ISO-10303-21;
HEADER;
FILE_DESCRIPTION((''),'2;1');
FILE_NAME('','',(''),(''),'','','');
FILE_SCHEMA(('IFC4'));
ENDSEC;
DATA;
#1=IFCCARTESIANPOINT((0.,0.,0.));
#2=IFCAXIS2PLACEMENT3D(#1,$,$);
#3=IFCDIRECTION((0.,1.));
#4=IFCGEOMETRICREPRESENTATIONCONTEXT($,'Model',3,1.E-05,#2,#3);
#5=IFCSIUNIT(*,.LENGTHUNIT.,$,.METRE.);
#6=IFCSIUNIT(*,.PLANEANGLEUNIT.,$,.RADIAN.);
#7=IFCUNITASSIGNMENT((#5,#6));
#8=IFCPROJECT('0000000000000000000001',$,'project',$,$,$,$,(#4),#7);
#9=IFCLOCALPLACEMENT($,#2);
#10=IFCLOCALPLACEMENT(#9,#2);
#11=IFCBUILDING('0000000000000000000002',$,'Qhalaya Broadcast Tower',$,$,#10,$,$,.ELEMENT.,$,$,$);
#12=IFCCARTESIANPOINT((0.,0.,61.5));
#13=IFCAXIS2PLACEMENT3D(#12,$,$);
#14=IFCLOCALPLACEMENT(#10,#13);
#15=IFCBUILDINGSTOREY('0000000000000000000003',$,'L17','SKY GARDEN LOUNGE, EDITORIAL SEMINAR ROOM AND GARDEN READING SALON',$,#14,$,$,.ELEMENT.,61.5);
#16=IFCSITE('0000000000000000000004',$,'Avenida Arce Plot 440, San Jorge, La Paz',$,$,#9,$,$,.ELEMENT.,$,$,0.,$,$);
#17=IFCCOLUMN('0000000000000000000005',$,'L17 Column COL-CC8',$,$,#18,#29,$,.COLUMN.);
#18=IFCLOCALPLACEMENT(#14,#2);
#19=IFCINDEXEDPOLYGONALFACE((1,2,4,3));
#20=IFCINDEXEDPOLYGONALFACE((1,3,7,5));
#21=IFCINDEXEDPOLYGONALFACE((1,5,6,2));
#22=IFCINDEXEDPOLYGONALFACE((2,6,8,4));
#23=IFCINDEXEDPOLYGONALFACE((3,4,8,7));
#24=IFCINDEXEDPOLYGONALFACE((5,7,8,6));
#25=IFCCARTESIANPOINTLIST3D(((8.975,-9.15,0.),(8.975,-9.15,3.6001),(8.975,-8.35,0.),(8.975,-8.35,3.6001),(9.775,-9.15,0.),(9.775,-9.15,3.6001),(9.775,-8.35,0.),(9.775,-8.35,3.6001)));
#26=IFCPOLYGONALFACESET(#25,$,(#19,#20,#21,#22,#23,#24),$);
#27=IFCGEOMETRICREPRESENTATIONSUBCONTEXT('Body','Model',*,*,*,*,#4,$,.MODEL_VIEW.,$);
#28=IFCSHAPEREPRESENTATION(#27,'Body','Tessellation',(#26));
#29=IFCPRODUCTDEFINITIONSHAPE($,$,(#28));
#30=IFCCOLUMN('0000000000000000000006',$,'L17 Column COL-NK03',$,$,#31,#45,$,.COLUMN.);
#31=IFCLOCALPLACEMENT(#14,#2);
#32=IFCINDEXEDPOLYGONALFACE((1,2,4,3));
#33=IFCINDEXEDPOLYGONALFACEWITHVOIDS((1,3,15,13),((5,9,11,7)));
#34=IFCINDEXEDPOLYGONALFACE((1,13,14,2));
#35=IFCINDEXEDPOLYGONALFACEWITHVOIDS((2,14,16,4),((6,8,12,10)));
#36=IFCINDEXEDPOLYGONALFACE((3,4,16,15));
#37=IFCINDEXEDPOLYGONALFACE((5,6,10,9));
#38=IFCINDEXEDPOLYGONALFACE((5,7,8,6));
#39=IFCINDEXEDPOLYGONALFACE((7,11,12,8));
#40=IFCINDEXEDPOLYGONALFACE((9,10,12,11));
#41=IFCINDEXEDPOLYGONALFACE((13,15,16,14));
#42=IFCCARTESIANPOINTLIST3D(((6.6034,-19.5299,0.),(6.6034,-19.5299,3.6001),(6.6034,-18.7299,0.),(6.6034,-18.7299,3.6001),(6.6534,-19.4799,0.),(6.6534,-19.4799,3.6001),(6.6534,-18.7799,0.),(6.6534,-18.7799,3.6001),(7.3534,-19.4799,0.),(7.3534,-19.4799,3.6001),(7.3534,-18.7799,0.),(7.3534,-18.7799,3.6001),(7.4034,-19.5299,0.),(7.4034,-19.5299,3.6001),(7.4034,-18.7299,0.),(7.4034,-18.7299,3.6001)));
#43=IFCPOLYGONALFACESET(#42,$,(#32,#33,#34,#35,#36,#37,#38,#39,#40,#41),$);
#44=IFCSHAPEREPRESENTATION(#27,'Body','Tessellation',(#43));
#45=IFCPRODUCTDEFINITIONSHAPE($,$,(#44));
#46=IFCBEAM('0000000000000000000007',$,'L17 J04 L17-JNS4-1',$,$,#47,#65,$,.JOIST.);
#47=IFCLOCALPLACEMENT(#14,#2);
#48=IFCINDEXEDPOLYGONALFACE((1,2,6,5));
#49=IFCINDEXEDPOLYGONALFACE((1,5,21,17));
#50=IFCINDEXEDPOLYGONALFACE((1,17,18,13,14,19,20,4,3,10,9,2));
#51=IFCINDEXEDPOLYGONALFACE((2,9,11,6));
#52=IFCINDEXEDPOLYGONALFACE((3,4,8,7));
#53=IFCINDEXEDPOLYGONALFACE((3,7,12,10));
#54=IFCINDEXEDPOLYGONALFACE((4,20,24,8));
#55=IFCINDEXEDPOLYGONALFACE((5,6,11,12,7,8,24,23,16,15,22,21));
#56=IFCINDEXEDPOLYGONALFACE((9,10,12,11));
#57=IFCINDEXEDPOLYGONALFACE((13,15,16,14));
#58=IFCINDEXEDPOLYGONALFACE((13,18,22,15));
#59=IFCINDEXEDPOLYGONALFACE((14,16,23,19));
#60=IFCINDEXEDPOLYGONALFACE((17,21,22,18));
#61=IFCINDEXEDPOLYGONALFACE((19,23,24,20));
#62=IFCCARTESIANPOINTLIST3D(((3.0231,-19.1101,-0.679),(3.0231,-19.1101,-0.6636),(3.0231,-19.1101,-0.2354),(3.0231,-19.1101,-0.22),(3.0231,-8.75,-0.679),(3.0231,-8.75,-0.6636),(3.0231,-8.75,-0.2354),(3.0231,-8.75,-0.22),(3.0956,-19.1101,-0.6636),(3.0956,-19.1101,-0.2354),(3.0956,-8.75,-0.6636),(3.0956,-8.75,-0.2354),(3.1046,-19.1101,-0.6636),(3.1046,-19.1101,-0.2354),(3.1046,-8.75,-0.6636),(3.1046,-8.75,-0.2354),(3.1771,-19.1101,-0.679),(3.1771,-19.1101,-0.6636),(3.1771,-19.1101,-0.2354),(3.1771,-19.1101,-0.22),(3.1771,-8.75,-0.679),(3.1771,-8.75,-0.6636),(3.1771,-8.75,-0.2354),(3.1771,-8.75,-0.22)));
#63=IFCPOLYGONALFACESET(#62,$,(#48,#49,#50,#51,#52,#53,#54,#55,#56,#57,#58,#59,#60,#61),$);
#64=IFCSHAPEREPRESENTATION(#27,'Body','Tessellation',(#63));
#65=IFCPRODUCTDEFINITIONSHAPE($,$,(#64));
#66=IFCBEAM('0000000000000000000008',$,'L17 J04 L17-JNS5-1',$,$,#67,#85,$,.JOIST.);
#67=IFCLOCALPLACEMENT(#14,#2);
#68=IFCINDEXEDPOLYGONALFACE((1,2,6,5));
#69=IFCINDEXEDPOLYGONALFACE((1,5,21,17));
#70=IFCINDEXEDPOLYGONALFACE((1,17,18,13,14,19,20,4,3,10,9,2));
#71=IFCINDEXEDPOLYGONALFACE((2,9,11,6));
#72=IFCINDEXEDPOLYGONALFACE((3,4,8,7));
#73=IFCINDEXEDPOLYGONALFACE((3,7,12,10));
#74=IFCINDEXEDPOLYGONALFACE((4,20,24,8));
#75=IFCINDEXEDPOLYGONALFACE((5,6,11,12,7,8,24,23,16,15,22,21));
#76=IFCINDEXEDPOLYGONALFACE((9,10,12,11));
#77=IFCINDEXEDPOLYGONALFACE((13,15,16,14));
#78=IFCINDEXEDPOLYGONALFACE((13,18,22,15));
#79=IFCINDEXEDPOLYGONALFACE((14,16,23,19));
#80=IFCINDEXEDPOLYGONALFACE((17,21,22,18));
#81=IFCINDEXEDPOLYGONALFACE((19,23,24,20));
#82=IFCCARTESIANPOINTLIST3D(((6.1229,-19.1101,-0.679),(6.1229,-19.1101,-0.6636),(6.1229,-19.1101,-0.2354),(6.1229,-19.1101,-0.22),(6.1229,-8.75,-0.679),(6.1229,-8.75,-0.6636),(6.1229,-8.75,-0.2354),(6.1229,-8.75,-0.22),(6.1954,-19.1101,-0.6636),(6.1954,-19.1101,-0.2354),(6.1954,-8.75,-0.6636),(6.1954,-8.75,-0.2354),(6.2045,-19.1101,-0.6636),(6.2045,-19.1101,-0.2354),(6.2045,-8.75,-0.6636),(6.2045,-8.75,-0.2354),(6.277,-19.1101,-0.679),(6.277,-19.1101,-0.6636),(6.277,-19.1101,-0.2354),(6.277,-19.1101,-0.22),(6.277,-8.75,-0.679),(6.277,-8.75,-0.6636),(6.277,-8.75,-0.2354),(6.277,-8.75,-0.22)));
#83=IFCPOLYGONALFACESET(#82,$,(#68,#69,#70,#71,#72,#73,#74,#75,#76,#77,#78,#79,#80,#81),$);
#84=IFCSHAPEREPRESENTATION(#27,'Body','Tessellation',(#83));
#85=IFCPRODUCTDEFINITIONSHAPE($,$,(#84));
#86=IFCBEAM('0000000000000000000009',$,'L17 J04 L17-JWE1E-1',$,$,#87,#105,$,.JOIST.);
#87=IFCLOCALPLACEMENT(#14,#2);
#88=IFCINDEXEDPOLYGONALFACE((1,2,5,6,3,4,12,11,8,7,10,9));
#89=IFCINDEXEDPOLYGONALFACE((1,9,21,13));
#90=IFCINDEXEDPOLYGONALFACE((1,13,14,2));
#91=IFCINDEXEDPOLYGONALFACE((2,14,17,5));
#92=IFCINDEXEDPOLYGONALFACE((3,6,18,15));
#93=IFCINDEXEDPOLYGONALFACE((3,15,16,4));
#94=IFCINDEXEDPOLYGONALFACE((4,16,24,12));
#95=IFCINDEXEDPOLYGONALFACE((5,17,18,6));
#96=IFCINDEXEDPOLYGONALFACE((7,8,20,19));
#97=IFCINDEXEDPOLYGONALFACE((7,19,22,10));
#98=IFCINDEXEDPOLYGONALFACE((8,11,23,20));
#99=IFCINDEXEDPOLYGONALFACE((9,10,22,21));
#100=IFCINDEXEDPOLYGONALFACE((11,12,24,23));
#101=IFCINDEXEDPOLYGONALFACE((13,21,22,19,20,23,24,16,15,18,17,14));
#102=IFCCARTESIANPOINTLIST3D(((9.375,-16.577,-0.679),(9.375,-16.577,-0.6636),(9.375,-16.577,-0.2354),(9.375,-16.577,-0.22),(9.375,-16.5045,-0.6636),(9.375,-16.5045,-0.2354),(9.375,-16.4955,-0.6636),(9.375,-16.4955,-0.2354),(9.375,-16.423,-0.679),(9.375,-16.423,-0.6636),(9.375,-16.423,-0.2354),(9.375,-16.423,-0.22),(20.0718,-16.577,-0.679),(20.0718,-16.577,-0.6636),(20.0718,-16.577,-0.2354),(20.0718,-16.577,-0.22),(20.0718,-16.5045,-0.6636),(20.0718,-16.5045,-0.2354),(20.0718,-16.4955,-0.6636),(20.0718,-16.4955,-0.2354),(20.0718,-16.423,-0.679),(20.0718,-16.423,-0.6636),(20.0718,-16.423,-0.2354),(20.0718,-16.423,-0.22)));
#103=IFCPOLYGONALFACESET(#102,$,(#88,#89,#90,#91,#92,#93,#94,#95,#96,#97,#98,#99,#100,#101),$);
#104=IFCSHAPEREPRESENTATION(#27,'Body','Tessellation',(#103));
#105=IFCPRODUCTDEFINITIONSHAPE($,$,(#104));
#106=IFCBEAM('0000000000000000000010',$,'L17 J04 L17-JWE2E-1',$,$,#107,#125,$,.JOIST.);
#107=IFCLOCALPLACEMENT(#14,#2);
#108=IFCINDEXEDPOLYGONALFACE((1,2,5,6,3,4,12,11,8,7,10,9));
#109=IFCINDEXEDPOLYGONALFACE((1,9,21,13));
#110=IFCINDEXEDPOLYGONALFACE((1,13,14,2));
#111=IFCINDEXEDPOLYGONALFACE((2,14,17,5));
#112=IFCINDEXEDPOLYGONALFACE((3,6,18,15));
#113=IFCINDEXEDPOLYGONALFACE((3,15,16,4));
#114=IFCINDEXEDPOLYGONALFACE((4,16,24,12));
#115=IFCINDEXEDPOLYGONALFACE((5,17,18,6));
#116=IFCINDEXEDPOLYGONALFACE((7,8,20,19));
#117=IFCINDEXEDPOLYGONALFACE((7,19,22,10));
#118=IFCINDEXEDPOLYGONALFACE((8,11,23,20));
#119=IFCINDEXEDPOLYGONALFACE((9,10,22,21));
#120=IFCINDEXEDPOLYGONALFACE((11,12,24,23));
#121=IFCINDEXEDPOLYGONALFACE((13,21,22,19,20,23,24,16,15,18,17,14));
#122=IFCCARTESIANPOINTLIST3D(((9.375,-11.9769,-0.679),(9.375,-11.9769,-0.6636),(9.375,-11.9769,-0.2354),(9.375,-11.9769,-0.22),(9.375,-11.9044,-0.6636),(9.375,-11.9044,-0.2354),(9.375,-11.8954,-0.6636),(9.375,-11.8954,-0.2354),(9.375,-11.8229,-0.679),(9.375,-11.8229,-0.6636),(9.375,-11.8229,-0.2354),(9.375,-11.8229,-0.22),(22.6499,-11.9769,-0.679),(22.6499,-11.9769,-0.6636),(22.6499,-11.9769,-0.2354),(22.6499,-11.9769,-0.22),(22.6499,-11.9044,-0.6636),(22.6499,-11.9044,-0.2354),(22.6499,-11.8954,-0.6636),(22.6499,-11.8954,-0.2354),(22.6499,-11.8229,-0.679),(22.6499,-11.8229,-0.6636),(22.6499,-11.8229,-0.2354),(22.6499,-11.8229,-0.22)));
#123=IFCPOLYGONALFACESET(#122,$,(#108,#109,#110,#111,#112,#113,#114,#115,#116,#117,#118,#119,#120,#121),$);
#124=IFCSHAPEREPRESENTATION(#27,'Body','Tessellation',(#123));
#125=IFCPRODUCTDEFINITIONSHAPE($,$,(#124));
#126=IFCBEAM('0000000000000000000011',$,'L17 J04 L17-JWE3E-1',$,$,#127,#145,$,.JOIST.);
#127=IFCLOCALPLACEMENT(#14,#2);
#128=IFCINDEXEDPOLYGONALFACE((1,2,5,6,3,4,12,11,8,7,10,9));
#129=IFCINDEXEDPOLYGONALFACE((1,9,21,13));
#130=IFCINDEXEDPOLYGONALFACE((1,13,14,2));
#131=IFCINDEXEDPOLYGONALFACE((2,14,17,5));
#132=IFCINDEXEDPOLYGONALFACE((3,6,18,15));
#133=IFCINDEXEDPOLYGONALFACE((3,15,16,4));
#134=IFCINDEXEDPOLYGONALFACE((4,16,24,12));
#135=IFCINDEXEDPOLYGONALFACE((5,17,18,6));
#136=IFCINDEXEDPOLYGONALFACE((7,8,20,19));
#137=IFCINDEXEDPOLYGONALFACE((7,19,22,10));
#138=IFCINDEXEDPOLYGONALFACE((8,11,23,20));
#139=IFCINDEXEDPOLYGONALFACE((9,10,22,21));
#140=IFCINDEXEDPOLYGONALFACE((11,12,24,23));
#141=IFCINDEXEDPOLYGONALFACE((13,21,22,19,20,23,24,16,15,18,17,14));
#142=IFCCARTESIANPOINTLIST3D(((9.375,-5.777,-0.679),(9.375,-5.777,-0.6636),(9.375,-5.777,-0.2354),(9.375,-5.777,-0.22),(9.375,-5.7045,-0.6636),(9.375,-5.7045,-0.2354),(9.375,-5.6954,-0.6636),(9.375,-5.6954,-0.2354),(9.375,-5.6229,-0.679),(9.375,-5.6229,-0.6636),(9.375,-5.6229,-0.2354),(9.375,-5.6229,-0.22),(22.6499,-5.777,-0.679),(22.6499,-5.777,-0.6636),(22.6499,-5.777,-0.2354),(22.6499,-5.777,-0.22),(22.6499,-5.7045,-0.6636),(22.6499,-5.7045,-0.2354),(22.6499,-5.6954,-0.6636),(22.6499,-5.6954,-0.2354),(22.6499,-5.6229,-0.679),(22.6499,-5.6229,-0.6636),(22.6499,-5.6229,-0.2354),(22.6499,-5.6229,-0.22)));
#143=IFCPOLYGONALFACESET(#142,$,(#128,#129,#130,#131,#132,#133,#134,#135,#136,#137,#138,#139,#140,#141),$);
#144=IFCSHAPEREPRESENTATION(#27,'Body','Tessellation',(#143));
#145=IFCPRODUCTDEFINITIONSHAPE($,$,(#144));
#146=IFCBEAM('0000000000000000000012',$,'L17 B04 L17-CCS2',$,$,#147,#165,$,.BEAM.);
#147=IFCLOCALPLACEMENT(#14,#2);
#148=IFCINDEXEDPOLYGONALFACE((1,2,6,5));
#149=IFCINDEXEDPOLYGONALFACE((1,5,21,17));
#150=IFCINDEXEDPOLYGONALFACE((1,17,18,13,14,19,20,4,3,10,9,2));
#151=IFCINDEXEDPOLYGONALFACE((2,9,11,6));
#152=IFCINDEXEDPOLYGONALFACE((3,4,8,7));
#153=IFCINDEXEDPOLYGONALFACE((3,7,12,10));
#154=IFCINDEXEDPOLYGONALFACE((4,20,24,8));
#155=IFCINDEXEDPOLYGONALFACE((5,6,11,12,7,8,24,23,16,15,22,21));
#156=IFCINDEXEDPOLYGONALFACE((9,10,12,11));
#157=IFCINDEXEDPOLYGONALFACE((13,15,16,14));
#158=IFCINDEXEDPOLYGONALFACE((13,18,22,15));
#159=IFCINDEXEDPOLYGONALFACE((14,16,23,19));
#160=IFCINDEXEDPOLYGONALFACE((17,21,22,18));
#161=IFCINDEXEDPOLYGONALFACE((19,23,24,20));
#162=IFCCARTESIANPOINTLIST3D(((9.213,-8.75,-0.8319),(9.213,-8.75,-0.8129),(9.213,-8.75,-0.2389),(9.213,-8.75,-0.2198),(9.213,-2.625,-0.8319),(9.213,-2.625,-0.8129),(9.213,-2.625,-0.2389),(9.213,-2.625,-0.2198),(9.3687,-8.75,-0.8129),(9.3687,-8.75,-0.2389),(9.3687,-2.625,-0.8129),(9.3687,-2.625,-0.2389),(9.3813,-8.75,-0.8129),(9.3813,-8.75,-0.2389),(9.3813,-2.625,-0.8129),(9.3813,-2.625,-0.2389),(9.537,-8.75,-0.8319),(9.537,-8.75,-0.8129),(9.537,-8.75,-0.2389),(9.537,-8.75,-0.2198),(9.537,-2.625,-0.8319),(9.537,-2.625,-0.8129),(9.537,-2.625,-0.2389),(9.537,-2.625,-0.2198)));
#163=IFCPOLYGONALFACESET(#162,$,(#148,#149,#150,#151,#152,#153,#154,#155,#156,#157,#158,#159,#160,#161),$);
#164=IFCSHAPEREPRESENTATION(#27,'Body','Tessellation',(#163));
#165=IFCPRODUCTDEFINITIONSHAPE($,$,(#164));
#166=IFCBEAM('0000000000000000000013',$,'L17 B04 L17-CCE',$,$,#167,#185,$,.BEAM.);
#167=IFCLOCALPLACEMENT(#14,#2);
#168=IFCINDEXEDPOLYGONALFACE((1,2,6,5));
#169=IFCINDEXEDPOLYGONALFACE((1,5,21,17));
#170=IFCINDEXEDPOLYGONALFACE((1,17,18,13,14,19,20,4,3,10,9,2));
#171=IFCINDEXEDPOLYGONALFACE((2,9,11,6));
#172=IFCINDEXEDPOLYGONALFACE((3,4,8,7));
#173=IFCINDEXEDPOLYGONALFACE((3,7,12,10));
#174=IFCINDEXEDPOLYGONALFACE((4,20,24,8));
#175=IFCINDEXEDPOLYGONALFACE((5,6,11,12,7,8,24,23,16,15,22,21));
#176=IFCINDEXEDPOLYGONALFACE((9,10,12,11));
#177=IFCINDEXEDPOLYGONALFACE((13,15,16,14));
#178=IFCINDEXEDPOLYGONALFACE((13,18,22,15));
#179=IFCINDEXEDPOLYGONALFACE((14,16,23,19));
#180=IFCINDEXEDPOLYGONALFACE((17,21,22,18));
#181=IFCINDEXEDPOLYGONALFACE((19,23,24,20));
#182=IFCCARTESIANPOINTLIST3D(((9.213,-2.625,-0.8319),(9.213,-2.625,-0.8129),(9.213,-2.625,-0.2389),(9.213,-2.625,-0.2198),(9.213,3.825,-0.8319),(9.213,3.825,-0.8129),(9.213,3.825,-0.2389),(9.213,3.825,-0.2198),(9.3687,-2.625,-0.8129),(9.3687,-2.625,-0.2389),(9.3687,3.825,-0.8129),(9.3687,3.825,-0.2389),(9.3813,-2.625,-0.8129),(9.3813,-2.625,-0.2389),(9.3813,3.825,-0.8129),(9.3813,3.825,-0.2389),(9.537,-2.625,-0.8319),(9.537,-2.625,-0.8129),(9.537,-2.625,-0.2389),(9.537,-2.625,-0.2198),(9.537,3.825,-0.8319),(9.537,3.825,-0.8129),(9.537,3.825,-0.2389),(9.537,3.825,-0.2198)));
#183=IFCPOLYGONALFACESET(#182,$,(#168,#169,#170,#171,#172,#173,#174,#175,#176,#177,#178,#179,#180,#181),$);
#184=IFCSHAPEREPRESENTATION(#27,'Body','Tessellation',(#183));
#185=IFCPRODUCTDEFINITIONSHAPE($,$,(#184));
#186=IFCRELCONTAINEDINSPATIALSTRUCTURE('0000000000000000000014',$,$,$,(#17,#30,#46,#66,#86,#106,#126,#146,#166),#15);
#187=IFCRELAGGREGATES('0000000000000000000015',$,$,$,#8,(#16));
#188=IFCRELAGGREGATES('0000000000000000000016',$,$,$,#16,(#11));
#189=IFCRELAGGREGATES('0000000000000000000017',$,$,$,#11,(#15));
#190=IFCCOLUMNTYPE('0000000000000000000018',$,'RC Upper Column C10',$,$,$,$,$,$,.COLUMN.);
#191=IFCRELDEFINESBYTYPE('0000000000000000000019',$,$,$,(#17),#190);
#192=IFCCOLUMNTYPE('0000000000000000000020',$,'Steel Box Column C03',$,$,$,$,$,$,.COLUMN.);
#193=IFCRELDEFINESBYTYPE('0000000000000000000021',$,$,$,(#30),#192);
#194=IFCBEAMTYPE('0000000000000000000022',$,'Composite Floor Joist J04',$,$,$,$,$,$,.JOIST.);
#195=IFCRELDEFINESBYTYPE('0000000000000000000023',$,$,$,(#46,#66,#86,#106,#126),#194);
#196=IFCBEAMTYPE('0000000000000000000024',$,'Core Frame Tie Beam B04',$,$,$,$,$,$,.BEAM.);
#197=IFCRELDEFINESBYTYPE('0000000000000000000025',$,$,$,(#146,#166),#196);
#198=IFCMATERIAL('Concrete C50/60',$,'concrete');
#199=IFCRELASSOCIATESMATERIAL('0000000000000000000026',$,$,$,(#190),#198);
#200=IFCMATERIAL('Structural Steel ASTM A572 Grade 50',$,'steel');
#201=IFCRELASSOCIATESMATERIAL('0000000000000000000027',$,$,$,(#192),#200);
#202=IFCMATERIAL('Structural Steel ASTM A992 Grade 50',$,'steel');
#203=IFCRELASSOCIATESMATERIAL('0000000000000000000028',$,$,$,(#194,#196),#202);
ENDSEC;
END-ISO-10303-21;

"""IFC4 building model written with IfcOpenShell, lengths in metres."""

from ifc_helpers import new_model, si_unit, direction, frame, origin, origin_2d, place, context, subcontext, project, spatial, rectangle, hollow_rectangle, i_section, extrude, material, material_profile, profile_set, type_object, element, save


model = new_model("IFC4")

# Units and contexts
model_context = context("Model", 3, precision=1e-05, world=origin(), true_north=direction((0.0, 1.0)))
body_context = subcontext(model_context, "Body", "Model", "MODEL_VIEW")
ifc_project = project(units=[si_unit("LENGTHUNIT", "METRE"), si_unit("PLANEANGLEUNIT", "RADIAN")], contexts=[model_context])

# Site, building, storey
site_placement = place(None, origin())
site = spatial("IfcSite", under=ifc_project, at=site_placement, Name="Avenida Arce Plot 440, San Jorge, La Paz", CompositionType="ELEMENT", RefElevation=0.0)
building_placement = place(site_placement, origin())
building = spatial("IfcBuilding", under=site, at=building_placement, Name="Qhalaya Broadcast Tower", CompositionType="ELEMENT")
storey_placement = place(building_placement, frame((0.0, 0.0, 61.5)))
storey = spatial("IfcBuildingStorey", under=building, at=storey_placement, Name="L17", Description="SKY GARDEN LOUNGE, EDITORIAL SEMINAR ROOM AND GARDEN READING SALON", CompositionType="ELEMENT", Elevation=61.5)

# Columns
ifc_material_1 = material(Name="Concrete C50/60", Category="concrete")
ifc_material_profile_1 = material_profile(ifc_material_1, rectangle(XDim=0.8, YDim=0.8, at=origin_2d()), Name="RC-COL 800x800")
ifc_profile_set_1 = profile_set([ifc_material_profile_1], Name="Concrete C50/60")
column_type_1 = type_object("IfcColumnType", Name="RC Upper Column C10", PredefinedType="COLUMN", material=ifc_profile_set_1)
column_1_placement = place(storey_placement, frame((9.375, -8.75, 0.0), z_axis=(0.0, 0.0, 1.0), x_axis=(1.0, 0.0, 0.0)))
element("IfcColumn", 1, at=column_1_placement, inside=storey, type_object=column_type_1, Name="L17 Column COL-CC8", PredefinedType="COLUMN", context=body_context, shape_type="SweptSolid", body=[
    extrude(rectangle(XDim=0.8, YDim=0.8, at=origin_2d()), origin(), (0.0, 0.0, 1.0), 3.6001),
])
ifc_material_2 = material(Name="Structural Steel ASTM A572 Grade 50", Category="steel")
ifc_material_profile_2 = material_profile(ifc_material_2, hollow_rectangle(XDim=0.8, YDim=0.8, WallThickness=0.05, at=origin_2d()), Name="BOX 800x800x50")
ifc_profile_set_2 = profile_set([ifc_material_profile_2], Name="Structural Steel ASTM A572 Grade 50")
column_type_2 = type_object("IfcColumnType", Name="Steel Box Column C03", PredefinedType="COLUMN", material=ifc_profile_set_2)
column_2_placement = place(storey_placement, frame((7.0034, -19.1299, 0.0), z_axis=(0.0, 0.0, 1.0), x_axis=(1.0, 0.0, 0.0)))
element("IfcColumn", 2, at=column_2_placement, inside=storey, type_object=column_type_2, Name="L17 Column COL-NK03", PredefinedType="COLUMN", context=body_context, shape_type="SweptSolid", body=[
    extrude(hollow_rectangle(XDim=0.8, YDim=0.8, WallThickness=0.05, at=origin_2d()), origin(), (0.0, 0.0, 1.0), 3.6001),
])

# Beams
ifc_material_3 = material(Name="Structural Steel ASTM A992 Grade 50", Category="steel")
ifc_material_profile_3 = material_profile(ifc_material_3, i_section(OverallWidth=0.1541, OverallDepth=0.459, WebThickness=0.009, FlangeThickness=0.0154, at=origin_2d()), Name="W18X46")
ifc_profile_set_3 = profile_set([ifc_material_profile_3], Name="Structural Steel ASTM A992 Grade 50")
beam_type_1 = type_object("IfcBeamType", Name="Composite Floor Joist J04", PredefinedType="JOIST", material=ifc_profile_set_3)
for number, where, z_axis, x_axis, name in (
    (3, (3.1001, -19.1101, -0.4495), (0.0, 1.0, 0.0), (-1.0, 0.0, 0.0), "L17 J04 L17-JNS4-1"),
    (4, (6.2, -19.1101, -0.4495), (0.0, 1.0, 0.0), (-1.0, 0.0, 0.0), "L17 J04 L17-JNS5-1"),
):
    element("IfcBeam", number, at=place(storey_placement, frame(where, z_axis=z_axis, x_axis=x_axis)), inside=storey, type_object=beam_type_1, Name=name, PredefinedType="JOIST", context=body_context, shape_type="SweptSolid", body=[
        extrude(i_section(OverallWidth=0.1541, OverallDepth=0.459, WebThickness=0.009, FlangeThickness=0.0154, at=origin_2d()), origin(), (0.0, 0.0, 1.0), 10.3601),
    ])
beam_1_placement = place(storey_placement, frame((9.375, -16.5, -0.4495), z_axis=(1.0, 0.0, 0.0), x_axis=(0.0, 1.0, 0.0)))
element("IfcBeam", 5, at=beam_1_placement, inside=storey, type_object=beam_type_1, Name="L17 J04 L17-JWE1E-1", PredefinedType="JOIST", context=body_context, shape_type="SweptSolid", body=[
    extrude(i_section(OverallWidth=0.1541, OverallDepth=0.459, WebThickness=0.009, FlangeThickness=0.0154, at=origin_2d()), origin(), (0.0, 0.0, 1.0), 10.6968),
])
for number, where, z_axis, x_axis, name in (
    (6, (9.375, -11.8999, -0.4495), (1.0, 0.0, 0.0), (0.0, 1.0, 0.0), "L17 J04 L17-JWE2E-1"),
    (7, (9.375, -5.7, -0.4495), (1.0, 0.0, 0.0), (0.0, 1.0, 0.0), "L17 J04 L17-JWE3E-1"),
):
    element("IfcBeam", number, at=place(storey_placement, frame(where, z_axis=z_axis, x_axis=x_axis)), inside=storey, type_object=beam_type_1, Name=name, PredefinedType="JOIST", context=body_context, shape_type="SweptSolid", body=[
        extrude(i_section(OverallWidth=0.1541, OverallDepth=0.459, WebThickness=0.009, FlangeThickness=0.0154, at=origin_2d()), origin(), (0.0, 0.0, 1.0), 13.2749),
    ])
ifc_material_profile_4 = material_profile(ifc_material_3, i_section(OverallWidth=0.324, OverallDepth=0.6121, WebThickness=0.0127, FlangeThickness=0.019, at=origin_2d()), Name="W24X104")
ifc_profile_set_4 = profile_set([ifc_material_profile_4], Name="Structural Steel ASTM A992 Grade 50")
beam_type_2 = type_object("IfcBeamType", Name="Core Frame Tie Beam B04", PredefinedType="BEAM", material=ifc_profile_set_4)
beam_2_placement = place(storey_placement, frame((9.375, -8.75, -0.5259), z_axis=(0.0, 1.0, 0.0), x_axis=(-1.0, 0.0, 0.0)))
element("IfcBeam", 8, at=beam_2_placement, inside=storey, type_object=beam_type_2, Name="L17 B04 L17-CCS2", PredefinedType="BEAM", context=body_context, shape_type="SweptSolid", body=[
    extrude(i_section(OverallWidth=0.324, OverallDepth=0.6121, WebThickness=0.0127, FlangeThickness=0.019, at=origin_2d()), origin(), (0.0, 0.0, 1.0), 6.125),
])
for number, where, z_axis, x_axis, name in (
    (9, (9.375, -2.625, -0.5259), (0.0, 1.0, 0.0), (-1.0, 0.0, 0.0), "L17 B04 L17-CCE"),
):
    element("IfcBeam", number, at=place(storey_placement, frame(where, z_axis=z_axis, x_axis=x_axis)), inside=storey, type_object=beam_type_2, Name=name, PredefinedType="BEAM", context=body_context, shape_type="SweptSolid", body=[
        extrude(i_section(OverallWidth=0.324, OverallDepth=0.6121, WebThickness=0.0127, FlangeThickness=0.019, at=origin_2d()), origin(), (0.0, 0.0, 1.0), 6.45),
    ])

save(model, "model.ifc")
